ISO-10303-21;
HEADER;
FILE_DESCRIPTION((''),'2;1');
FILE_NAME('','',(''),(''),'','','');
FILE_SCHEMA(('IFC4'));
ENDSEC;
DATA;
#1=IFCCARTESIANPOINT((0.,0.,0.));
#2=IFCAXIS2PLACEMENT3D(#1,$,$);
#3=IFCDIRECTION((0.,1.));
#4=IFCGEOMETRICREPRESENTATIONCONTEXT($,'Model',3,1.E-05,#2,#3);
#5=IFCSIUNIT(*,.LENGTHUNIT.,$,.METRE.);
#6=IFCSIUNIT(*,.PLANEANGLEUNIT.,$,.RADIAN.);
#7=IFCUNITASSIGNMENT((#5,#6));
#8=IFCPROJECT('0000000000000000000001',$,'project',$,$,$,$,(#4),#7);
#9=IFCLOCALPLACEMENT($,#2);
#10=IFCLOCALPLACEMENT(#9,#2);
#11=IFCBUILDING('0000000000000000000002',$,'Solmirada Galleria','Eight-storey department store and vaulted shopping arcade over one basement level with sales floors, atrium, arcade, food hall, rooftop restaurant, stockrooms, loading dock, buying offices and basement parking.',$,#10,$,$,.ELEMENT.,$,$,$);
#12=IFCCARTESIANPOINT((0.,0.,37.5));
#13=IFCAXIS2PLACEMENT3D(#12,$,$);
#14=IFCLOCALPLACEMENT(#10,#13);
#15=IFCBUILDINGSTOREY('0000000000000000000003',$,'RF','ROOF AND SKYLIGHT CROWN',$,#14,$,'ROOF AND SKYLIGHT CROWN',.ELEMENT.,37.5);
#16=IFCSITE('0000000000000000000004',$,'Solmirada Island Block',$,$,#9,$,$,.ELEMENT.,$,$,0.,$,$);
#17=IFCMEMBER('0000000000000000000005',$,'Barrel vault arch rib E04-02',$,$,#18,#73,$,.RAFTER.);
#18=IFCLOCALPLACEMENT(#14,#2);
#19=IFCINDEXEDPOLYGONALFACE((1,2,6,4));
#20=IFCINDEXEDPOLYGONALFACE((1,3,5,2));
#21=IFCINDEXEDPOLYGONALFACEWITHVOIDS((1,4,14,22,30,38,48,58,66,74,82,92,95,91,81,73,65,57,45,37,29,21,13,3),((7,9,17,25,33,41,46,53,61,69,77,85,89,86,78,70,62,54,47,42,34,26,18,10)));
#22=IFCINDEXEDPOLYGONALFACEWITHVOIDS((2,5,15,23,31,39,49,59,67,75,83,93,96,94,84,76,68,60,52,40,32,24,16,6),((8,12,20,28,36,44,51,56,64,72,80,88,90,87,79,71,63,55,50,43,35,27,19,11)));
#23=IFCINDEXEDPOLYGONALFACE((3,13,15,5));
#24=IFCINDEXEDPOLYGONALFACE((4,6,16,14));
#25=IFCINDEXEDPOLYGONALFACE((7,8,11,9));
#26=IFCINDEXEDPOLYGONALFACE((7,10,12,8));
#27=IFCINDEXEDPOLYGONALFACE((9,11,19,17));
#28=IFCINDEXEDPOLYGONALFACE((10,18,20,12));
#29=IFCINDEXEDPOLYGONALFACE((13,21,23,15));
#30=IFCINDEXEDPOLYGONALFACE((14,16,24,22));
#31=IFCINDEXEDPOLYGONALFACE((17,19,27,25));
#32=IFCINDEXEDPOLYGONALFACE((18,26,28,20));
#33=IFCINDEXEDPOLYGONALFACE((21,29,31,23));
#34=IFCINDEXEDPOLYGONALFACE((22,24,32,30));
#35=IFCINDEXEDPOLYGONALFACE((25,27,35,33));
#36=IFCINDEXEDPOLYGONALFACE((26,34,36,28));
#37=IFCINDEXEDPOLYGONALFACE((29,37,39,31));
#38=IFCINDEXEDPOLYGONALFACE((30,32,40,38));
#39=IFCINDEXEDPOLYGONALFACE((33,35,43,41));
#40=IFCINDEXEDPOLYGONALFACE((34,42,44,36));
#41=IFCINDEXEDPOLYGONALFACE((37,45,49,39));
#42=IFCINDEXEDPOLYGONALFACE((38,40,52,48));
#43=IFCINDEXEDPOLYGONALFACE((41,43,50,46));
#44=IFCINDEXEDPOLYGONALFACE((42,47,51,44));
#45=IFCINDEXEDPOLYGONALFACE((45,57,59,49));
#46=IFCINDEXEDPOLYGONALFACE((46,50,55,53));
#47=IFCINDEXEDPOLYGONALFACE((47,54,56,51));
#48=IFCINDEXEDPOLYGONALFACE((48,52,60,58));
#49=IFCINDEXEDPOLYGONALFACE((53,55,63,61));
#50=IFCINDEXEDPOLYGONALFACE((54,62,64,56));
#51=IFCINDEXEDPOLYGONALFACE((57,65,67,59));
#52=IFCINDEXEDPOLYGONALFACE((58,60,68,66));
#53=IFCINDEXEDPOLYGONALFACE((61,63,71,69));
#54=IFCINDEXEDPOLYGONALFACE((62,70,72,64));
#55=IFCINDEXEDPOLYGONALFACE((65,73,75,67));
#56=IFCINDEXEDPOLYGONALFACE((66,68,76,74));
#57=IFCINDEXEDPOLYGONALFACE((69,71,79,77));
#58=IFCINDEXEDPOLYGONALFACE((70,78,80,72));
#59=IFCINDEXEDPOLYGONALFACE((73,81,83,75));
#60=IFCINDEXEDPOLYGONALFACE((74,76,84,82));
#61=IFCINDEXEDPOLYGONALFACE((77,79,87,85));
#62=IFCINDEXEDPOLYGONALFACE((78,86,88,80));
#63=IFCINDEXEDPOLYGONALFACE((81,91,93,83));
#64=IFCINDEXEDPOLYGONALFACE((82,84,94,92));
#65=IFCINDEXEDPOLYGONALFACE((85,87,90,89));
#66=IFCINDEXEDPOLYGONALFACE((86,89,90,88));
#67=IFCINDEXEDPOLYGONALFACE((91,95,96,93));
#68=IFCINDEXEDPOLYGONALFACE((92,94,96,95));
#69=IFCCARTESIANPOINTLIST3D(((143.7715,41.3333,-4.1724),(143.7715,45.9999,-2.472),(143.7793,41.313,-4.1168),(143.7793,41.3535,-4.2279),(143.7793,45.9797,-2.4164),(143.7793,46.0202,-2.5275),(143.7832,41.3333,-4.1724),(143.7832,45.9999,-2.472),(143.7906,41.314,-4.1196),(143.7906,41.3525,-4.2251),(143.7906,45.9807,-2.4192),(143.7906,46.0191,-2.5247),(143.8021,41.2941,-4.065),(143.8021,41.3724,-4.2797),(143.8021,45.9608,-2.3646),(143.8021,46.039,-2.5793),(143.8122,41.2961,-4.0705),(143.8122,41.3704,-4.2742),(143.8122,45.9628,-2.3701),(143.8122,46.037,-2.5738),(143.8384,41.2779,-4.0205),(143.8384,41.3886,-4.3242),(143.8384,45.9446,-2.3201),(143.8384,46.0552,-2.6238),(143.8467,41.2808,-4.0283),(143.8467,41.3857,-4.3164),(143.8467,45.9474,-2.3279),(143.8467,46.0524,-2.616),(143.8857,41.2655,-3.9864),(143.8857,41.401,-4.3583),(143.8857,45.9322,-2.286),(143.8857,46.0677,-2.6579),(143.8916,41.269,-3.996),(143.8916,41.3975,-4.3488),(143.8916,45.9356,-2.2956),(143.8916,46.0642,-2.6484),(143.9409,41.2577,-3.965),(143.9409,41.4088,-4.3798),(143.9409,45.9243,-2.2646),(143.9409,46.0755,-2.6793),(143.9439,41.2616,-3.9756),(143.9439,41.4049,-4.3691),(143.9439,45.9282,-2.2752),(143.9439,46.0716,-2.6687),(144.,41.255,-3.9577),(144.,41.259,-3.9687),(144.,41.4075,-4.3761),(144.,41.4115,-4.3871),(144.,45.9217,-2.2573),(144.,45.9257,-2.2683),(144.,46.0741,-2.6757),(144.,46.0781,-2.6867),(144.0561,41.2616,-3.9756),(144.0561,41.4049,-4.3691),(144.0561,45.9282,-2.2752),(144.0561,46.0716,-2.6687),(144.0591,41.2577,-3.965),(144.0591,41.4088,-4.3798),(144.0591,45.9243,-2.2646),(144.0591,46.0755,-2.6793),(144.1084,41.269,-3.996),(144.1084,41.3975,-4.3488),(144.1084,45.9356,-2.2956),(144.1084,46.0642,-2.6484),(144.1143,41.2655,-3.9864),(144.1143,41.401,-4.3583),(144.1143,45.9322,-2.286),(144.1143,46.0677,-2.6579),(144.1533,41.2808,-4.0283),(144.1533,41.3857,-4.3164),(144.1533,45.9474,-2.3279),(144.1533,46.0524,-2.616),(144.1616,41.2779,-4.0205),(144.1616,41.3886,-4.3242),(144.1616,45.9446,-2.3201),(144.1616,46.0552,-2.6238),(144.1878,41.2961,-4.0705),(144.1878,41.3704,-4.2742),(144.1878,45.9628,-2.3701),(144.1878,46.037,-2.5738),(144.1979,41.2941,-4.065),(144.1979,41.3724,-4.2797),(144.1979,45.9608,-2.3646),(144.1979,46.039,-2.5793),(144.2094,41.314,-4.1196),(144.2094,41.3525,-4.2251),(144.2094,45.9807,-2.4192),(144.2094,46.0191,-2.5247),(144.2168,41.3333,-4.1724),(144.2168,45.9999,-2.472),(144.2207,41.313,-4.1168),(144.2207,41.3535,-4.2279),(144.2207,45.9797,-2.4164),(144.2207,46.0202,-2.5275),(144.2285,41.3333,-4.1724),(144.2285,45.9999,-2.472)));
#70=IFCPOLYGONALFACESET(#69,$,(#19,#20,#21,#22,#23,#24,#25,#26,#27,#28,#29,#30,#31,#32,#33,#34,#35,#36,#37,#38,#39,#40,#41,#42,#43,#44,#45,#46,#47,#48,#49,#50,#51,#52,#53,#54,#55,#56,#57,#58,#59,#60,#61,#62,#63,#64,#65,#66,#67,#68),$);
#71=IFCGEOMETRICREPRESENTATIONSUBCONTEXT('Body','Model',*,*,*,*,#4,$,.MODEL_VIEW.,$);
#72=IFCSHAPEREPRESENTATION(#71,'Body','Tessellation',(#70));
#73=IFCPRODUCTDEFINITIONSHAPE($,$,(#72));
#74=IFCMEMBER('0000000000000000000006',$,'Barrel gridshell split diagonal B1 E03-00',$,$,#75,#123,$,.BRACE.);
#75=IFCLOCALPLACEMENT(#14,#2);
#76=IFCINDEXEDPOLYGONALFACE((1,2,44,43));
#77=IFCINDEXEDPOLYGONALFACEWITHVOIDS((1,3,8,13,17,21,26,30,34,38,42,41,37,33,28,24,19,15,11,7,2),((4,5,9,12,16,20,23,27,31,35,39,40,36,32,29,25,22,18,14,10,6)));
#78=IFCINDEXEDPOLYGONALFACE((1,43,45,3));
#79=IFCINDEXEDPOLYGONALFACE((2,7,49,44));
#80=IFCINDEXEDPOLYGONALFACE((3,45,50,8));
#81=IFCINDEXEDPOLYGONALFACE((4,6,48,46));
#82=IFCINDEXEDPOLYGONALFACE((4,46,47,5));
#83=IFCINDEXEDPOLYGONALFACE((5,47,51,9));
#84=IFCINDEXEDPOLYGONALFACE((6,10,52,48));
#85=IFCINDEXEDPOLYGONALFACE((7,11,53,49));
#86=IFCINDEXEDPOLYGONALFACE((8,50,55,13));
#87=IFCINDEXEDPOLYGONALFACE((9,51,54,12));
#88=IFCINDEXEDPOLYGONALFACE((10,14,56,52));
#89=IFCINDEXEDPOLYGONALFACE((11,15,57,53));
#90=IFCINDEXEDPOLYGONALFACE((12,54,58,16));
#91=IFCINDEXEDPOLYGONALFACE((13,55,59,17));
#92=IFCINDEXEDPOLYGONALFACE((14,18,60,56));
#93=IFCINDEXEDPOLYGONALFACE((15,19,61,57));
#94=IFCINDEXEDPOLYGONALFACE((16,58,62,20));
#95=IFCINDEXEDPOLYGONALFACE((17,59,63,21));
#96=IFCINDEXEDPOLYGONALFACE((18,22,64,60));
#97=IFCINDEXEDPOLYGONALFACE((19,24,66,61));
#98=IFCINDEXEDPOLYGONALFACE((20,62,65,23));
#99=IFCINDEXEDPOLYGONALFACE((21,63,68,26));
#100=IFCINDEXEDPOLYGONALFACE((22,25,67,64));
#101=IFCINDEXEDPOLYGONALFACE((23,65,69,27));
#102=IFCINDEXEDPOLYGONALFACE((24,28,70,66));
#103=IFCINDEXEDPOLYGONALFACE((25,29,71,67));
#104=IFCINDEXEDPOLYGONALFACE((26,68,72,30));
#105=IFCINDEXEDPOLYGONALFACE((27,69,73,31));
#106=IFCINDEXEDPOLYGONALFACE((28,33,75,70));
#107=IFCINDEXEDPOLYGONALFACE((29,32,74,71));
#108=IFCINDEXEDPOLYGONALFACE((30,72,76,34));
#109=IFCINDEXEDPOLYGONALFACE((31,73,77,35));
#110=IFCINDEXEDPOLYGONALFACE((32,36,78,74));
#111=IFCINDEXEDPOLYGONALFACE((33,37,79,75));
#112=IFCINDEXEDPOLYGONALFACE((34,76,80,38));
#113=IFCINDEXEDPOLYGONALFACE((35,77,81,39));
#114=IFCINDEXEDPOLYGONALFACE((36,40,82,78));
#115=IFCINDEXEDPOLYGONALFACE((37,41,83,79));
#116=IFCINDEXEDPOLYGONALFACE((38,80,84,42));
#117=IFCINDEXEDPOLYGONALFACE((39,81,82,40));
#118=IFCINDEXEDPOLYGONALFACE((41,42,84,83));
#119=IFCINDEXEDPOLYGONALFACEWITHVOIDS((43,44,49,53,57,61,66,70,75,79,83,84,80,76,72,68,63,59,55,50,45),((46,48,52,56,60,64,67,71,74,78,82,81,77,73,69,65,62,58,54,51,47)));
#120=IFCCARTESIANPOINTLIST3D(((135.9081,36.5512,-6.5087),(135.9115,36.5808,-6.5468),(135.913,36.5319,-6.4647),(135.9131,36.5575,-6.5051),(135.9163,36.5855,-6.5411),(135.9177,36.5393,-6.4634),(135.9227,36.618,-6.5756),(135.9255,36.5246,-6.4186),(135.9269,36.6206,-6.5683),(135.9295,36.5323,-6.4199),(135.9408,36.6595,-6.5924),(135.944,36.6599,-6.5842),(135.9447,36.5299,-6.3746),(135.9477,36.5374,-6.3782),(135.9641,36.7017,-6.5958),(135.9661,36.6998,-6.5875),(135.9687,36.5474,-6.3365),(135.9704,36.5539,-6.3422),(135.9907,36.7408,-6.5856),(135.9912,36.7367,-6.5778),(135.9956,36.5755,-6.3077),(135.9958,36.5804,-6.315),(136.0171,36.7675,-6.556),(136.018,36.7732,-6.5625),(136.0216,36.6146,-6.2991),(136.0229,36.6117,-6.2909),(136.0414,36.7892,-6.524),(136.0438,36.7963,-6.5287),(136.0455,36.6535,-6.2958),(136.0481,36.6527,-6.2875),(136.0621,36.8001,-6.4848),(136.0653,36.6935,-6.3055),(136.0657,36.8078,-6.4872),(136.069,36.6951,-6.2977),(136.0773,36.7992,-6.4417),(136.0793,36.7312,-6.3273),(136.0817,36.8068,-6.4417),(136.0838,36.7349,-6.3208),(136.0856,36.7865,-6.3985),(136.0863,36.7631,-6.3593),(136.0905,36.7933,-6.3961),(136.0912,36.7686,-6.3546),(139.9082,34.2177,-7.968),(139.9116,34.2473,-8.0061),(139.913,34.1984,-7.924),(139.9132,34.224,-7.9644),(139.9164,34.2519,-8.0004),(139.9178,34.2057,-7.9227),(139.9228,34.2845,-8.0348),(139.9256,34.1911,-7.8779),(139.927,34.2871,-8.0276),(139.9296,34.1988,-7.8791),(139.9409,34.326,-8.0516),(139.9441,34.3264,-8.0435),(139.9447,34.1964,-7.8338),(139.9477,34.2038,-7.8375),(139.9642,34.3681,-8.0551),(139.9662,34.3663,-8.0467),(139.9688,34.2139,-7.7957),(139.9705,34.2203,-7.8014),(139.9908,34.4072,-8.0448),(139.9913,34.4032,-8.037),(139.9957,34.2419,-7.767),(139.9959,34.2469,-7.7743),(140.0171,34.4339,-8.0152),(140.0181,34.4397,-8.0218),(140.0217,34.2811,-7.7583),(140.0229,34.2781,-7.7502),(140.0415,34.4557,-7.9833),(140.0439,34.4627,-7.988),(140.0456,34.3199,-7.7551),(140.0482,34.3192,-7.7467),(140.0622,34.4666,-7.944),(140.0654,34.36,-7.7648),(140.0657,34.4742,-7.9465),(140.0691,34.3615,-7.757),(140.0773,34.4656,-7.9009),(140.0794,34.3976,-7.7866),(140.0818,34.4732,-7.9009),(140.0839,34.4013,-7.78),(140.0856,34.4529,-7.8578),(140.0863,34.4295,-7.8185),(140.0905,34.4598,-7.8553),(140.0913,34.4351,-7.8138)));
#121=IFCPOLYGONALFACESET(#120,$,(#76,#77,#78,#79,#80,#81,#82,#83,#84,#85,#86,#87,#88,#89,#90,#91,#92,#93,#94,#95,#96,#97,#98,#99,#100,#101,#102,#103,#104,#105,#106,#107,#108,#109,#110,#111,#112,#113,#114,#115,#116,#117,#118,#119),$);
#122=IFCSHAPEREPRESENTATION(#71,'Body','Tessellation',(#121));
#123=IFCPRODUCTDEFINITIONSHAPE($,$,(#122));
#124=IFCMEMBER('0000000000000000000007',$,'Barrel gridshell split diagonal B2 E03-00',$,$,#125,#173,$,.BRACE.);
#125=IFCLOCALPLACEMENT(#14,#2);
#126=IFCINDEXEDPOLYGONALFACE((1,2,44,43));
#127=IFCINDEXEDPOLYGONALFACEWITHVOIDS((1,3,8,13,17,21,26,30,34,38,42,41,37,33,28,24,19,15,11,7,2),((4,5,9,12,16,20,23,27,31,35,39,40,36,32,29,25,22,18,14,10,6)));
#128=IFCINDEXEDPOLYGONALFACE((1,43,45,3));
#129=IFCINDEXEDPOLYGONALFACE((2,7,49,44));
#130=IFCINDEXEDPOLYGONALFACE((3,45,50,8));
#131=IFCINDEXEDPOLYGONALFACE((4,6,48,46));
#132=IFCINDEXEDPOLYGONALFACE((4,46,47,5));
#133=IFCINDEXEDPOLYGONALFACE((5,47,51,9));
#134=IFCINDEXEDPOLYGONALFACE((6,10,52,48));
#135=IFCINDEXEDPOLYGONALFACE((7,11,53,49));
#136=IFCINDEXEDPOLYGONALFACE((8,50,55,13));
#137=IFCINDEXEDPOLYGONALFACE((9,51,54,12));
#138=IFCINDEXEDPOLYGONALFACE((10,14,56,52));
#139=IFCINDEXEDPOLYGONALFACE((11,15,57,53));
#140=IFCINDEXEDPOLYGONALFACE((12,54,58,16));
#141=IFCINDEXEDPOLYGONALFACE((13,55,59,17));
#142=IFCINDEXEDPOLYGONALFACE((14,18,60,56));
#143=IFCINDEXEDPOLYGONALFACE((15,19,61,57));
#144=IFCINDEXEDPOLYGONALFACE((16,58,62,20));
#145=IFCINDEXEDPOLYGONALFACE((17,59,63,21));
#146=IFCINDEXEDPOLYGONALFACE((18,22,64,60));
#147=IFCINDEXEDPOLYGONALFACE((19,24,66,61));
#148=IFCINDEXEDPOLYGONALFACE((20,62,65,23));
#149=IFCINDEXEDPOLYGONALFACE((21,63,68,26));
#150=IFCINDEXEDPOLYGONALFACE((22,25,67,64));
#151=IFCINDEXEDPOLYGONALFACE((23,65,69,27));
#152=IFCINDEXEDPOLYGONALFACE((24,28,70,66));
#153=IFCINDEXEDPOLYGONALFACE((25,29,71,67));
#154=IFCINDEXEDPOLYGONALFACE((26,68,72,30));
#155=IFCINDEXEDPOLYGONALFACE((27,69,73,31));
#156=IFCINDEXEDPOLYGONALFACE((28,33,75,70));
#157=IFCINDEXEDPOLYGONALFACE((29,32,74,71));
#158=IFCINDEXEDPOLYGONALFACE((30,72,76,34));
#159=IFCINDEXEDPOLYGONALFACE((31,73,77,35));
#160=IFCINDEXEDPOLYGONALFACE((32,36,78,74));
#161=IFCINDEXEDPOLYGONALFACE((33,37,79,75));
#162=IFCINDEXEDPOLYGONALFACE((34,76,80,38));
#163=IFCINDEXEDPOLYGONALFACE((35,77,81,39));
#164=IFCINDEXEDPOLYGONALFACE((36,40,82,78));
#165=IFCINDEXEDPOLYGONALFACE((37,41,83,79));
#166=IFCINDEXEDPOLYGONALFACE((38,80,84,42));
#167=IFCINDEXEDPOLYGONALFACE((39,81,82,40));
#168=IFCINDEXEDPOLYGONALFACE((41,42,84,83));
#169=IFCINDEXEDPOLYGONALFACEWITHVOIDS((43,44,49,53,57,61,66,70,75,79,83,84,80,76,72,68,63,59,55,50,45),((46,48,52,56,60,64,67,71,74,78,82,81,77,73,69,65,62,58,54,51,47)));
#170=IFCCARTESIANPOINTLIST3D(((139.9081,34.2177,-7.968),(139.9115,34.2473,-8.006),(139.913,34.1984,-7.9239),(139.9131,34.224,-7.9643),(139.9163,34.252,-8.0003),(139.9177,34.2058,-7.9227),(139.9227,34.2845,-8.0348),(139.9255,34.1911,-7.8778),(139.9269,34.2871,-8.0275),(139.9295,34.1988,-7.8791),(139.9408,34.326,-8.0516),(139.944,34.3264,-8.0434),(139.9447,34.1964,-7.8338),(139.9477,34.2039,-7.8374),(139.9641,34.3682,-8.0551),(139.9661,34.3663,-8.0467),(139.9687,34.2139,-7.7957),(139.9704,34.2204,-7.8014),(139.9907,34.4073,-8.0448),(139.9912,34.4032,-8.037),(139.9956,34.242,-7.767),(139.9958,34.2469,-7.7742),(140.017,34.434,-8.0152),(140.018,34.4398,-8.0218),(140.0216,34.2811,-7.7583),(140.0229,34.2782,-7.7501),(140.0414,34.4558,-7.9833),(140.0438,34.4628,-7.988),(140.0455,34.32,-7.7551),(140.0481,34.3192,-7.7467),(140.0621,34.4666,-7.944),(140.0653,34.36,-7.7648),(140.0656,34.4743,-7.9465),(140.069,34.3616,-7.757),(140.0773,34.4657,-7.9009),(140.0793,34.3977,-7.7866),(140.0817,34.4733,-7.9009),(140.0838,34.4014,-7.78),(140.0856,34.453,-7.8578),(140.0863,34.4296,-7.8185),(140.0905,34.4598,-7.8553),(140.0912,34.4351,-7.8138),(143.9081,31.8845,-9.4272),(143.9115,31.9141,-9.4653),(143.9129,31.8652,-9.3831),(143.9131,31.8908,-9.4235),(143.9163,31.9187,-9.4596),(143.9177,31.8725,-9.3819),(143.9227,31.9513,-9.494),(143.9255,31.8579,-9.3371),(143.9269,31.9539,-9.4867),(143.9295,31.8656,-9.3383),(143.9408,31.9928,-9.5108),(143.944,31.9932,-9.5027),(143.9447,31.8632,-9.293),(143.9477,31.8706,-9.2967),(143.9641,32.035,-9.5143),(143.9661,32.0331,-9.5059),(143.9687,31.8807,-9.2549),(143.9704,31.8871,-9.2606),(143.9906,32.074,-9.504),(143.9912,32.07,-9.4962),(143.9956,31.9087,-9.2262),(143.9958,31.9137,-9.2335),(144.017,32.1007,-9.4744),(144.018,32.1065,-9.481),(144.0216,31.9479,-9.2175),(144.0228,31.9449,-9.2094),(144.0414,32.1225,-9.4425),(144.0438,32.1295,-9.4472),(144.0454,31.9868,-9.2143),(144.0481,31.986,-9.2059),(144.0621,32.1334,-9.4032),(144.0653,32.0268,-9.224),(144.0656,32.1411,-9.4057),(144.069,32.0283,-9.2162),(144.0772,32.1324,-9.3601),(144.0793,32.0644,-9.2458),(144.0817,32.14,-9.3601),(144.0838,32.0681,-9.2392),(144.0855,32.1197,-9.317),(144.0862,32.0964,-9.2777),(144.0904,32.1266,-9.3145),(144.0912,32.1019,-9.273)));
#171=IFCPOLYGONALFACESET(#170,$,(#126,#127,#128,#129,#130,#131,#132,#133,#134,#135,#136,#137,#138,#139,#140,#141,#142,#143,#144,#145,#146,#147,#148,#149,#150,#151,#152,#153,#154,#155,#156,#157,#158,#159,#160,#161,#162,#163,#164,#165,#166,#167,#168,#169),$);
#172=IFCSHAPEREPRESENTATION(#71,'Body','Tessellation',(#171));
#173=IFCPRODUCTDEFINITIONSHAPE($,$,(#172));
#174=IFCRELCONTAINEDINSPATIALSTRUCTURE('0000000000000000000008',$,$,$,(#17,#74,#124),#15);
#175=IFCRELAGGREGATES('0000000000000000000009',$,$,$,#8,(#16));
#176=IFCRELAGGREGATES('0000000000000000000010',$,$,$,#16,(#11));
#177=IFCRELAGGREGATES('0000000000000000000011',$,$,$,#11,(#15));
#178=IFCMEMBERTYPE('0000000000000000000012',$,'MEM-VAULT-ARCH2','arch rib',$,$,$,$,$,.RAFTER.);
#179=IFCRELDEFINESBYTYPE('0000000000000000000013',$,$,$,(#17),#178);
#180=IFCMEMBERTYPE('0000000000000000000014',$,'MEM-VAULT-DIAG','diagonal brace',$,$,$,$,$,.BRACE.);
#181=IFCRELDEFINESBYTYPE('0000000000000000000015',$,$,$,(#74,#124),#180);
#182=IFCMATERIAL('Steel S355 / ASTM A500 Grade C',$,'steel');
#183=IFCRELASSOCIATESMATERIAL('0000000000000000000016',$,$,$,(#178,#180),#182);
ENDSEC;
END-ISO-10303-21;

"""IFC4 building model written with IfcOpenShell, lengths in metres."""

from ifc_helpers import new_model, si_unit, direction, frame, origin, origin_2d, place, context, subcontext, project, spatial, hollow_circle, extrude, material, material_profile, profile_set, type_object, element, save


model = new_model("IFC4")

# Units and contexts
model_context = context("Model", 3, precision=1e-05, world=origin(), true_north=direction((0.0, 1.0)))
body_context = subcontext(model_context, "Body", "Model", "MODEL_VIEW")
ifc_project = project(units=[si_unit("LENGTHUNIT", "METRE"), si_unit("PLANEANGLEUNIT", "RADIAN")], contexts=[model_context])

# Site, building, storey
site_placement = place(None, origin())
site = spatial("IfcSite", under=ifc_project, at=site_placement, Name="Solmirada Island Block", CompositionType="ELEMENT", RefElevation=0.0)
building_placement = place(site_placement, origin())
building = spatial("IfcBuilding", under=site, at=building_placement, Name="Solmirada Galleria", Description="Eight-storey department store and vaulted shopping arcade over one basement level with sales floors, atrium, arcade, food hall, rooftop restaurant, stockrooms, loading dock, buying offices and basement parking.", CompositionType="ELEMENT")
storey_placement = place(building_placement, frame((0.0, 0.0, 37.5)))
storey = spatial("IfcBuildingStorey", under=building, at=storey_placement, Name="RF", Description="ROOF AND SKYLIGHT CROWN", LongName="ROOF AND SKYLIGHT CROWN", CompositionType="ELEMENT", Elevation=37.5)

# Members
ifc_material_1 = material(Name="Steel S355 / ASTM A500 Grade C", Category="steel")
ifc_material_profile_1 = material_profile(ifc_material_1, hollow_circle(Radius=0.2285, WallThickness=0.0117, at=origin_2d()), Name="HSS18.000X0.500")
ifc_profile_set_1 = profile_set([ifc_material_profile_1], Name="Steel S355 / ASTM A500 Grade C")
member_type_1 = type_object("IfcMemberType", Name="MEM-VAULT-ARCH2", Description="arch rib", PredefinedType="RAFTER", material=ifc_profile_set_1)
member_1_placement = place(storey_placement, frame((144.0, 41.3333, -4.1724), z_axis=(0.0, 0.939571, 0.342355), x_axis=(-1.0, 0.0, 0.0)))
element("IfcMember", 1, at=member_1_placement, inside=storey, type_object=member_type_1, Name="Barrel vault arch rib E04-02", PredefinedType="RAFTER", context=body_context, shape_type="SweptSolid", body=[
    extrude(hollow_circle(Radius=0.2285, WallThickness=0.0117, at=origin_2d()), origin(), (0.0, 0.0, 1.0), 4.9668),
])
ifc_material_profile_2 = material_profile(ifc_material_1, hollow_circle(Radius=0.1621, WallThickness=0.0088, at=origin_2d()), Name="HSS12.750X0.375")
ifc_profile_set_2 = profile_set([ifc_material_profile_2], Name="Steel S355 / ASTM A500 Grade C")
member_type_2 = type_object("IfcMemberType", Name="MEM-VAULT-DIAG", Description="diagonal brace", PredefinedType="BRACE", material=ifc_profile_set_2)
member_2_placement = place(storey_placement, frame((136.0, 36.6667, -6.4417), z_axis=(0.823831, -0.480602, -0.30054), x_axis=(0.503897, 0.863764, 0.0)))
element("IfcMember", 2, at=member_2_placement, inside=storey, type_object=member_type_2, Name="Barrel gridshell split diagonal B1 E03-00", PredefinedType="BRACE", context=body_context, shape_type="SweptSolid", body=[
    extrude(hollow_circle(Radius=0.1621, WallThickness=0.0088, at=origin_2d()), origin(), (0.0, 0.0, 1.0), 4.8555),
])
member_3_placement = place(storey_placement, frame((140.0, 34.3333, -7.9009), z_axis=(0.823851, -0.480563, -0.300547), x_axis=(0.503858, 0.863787, 0.0)))
element("IfcMember", 3, at=member_3_placement, inside=storey, type_object=member_type_2, Name="Barrel gridshell split diagonal B2 E03-00", PredefinedType="BRACE", context=body_context, shape_type="SweptSolid", body=[
    extrude(hollow_circle(Radius=0.1621, WallThickness=0.0088, at=origin_2d()), origin(), (0.0, 0.0, 1.0), 4.8552),
])

save(model, "model.ifc")
